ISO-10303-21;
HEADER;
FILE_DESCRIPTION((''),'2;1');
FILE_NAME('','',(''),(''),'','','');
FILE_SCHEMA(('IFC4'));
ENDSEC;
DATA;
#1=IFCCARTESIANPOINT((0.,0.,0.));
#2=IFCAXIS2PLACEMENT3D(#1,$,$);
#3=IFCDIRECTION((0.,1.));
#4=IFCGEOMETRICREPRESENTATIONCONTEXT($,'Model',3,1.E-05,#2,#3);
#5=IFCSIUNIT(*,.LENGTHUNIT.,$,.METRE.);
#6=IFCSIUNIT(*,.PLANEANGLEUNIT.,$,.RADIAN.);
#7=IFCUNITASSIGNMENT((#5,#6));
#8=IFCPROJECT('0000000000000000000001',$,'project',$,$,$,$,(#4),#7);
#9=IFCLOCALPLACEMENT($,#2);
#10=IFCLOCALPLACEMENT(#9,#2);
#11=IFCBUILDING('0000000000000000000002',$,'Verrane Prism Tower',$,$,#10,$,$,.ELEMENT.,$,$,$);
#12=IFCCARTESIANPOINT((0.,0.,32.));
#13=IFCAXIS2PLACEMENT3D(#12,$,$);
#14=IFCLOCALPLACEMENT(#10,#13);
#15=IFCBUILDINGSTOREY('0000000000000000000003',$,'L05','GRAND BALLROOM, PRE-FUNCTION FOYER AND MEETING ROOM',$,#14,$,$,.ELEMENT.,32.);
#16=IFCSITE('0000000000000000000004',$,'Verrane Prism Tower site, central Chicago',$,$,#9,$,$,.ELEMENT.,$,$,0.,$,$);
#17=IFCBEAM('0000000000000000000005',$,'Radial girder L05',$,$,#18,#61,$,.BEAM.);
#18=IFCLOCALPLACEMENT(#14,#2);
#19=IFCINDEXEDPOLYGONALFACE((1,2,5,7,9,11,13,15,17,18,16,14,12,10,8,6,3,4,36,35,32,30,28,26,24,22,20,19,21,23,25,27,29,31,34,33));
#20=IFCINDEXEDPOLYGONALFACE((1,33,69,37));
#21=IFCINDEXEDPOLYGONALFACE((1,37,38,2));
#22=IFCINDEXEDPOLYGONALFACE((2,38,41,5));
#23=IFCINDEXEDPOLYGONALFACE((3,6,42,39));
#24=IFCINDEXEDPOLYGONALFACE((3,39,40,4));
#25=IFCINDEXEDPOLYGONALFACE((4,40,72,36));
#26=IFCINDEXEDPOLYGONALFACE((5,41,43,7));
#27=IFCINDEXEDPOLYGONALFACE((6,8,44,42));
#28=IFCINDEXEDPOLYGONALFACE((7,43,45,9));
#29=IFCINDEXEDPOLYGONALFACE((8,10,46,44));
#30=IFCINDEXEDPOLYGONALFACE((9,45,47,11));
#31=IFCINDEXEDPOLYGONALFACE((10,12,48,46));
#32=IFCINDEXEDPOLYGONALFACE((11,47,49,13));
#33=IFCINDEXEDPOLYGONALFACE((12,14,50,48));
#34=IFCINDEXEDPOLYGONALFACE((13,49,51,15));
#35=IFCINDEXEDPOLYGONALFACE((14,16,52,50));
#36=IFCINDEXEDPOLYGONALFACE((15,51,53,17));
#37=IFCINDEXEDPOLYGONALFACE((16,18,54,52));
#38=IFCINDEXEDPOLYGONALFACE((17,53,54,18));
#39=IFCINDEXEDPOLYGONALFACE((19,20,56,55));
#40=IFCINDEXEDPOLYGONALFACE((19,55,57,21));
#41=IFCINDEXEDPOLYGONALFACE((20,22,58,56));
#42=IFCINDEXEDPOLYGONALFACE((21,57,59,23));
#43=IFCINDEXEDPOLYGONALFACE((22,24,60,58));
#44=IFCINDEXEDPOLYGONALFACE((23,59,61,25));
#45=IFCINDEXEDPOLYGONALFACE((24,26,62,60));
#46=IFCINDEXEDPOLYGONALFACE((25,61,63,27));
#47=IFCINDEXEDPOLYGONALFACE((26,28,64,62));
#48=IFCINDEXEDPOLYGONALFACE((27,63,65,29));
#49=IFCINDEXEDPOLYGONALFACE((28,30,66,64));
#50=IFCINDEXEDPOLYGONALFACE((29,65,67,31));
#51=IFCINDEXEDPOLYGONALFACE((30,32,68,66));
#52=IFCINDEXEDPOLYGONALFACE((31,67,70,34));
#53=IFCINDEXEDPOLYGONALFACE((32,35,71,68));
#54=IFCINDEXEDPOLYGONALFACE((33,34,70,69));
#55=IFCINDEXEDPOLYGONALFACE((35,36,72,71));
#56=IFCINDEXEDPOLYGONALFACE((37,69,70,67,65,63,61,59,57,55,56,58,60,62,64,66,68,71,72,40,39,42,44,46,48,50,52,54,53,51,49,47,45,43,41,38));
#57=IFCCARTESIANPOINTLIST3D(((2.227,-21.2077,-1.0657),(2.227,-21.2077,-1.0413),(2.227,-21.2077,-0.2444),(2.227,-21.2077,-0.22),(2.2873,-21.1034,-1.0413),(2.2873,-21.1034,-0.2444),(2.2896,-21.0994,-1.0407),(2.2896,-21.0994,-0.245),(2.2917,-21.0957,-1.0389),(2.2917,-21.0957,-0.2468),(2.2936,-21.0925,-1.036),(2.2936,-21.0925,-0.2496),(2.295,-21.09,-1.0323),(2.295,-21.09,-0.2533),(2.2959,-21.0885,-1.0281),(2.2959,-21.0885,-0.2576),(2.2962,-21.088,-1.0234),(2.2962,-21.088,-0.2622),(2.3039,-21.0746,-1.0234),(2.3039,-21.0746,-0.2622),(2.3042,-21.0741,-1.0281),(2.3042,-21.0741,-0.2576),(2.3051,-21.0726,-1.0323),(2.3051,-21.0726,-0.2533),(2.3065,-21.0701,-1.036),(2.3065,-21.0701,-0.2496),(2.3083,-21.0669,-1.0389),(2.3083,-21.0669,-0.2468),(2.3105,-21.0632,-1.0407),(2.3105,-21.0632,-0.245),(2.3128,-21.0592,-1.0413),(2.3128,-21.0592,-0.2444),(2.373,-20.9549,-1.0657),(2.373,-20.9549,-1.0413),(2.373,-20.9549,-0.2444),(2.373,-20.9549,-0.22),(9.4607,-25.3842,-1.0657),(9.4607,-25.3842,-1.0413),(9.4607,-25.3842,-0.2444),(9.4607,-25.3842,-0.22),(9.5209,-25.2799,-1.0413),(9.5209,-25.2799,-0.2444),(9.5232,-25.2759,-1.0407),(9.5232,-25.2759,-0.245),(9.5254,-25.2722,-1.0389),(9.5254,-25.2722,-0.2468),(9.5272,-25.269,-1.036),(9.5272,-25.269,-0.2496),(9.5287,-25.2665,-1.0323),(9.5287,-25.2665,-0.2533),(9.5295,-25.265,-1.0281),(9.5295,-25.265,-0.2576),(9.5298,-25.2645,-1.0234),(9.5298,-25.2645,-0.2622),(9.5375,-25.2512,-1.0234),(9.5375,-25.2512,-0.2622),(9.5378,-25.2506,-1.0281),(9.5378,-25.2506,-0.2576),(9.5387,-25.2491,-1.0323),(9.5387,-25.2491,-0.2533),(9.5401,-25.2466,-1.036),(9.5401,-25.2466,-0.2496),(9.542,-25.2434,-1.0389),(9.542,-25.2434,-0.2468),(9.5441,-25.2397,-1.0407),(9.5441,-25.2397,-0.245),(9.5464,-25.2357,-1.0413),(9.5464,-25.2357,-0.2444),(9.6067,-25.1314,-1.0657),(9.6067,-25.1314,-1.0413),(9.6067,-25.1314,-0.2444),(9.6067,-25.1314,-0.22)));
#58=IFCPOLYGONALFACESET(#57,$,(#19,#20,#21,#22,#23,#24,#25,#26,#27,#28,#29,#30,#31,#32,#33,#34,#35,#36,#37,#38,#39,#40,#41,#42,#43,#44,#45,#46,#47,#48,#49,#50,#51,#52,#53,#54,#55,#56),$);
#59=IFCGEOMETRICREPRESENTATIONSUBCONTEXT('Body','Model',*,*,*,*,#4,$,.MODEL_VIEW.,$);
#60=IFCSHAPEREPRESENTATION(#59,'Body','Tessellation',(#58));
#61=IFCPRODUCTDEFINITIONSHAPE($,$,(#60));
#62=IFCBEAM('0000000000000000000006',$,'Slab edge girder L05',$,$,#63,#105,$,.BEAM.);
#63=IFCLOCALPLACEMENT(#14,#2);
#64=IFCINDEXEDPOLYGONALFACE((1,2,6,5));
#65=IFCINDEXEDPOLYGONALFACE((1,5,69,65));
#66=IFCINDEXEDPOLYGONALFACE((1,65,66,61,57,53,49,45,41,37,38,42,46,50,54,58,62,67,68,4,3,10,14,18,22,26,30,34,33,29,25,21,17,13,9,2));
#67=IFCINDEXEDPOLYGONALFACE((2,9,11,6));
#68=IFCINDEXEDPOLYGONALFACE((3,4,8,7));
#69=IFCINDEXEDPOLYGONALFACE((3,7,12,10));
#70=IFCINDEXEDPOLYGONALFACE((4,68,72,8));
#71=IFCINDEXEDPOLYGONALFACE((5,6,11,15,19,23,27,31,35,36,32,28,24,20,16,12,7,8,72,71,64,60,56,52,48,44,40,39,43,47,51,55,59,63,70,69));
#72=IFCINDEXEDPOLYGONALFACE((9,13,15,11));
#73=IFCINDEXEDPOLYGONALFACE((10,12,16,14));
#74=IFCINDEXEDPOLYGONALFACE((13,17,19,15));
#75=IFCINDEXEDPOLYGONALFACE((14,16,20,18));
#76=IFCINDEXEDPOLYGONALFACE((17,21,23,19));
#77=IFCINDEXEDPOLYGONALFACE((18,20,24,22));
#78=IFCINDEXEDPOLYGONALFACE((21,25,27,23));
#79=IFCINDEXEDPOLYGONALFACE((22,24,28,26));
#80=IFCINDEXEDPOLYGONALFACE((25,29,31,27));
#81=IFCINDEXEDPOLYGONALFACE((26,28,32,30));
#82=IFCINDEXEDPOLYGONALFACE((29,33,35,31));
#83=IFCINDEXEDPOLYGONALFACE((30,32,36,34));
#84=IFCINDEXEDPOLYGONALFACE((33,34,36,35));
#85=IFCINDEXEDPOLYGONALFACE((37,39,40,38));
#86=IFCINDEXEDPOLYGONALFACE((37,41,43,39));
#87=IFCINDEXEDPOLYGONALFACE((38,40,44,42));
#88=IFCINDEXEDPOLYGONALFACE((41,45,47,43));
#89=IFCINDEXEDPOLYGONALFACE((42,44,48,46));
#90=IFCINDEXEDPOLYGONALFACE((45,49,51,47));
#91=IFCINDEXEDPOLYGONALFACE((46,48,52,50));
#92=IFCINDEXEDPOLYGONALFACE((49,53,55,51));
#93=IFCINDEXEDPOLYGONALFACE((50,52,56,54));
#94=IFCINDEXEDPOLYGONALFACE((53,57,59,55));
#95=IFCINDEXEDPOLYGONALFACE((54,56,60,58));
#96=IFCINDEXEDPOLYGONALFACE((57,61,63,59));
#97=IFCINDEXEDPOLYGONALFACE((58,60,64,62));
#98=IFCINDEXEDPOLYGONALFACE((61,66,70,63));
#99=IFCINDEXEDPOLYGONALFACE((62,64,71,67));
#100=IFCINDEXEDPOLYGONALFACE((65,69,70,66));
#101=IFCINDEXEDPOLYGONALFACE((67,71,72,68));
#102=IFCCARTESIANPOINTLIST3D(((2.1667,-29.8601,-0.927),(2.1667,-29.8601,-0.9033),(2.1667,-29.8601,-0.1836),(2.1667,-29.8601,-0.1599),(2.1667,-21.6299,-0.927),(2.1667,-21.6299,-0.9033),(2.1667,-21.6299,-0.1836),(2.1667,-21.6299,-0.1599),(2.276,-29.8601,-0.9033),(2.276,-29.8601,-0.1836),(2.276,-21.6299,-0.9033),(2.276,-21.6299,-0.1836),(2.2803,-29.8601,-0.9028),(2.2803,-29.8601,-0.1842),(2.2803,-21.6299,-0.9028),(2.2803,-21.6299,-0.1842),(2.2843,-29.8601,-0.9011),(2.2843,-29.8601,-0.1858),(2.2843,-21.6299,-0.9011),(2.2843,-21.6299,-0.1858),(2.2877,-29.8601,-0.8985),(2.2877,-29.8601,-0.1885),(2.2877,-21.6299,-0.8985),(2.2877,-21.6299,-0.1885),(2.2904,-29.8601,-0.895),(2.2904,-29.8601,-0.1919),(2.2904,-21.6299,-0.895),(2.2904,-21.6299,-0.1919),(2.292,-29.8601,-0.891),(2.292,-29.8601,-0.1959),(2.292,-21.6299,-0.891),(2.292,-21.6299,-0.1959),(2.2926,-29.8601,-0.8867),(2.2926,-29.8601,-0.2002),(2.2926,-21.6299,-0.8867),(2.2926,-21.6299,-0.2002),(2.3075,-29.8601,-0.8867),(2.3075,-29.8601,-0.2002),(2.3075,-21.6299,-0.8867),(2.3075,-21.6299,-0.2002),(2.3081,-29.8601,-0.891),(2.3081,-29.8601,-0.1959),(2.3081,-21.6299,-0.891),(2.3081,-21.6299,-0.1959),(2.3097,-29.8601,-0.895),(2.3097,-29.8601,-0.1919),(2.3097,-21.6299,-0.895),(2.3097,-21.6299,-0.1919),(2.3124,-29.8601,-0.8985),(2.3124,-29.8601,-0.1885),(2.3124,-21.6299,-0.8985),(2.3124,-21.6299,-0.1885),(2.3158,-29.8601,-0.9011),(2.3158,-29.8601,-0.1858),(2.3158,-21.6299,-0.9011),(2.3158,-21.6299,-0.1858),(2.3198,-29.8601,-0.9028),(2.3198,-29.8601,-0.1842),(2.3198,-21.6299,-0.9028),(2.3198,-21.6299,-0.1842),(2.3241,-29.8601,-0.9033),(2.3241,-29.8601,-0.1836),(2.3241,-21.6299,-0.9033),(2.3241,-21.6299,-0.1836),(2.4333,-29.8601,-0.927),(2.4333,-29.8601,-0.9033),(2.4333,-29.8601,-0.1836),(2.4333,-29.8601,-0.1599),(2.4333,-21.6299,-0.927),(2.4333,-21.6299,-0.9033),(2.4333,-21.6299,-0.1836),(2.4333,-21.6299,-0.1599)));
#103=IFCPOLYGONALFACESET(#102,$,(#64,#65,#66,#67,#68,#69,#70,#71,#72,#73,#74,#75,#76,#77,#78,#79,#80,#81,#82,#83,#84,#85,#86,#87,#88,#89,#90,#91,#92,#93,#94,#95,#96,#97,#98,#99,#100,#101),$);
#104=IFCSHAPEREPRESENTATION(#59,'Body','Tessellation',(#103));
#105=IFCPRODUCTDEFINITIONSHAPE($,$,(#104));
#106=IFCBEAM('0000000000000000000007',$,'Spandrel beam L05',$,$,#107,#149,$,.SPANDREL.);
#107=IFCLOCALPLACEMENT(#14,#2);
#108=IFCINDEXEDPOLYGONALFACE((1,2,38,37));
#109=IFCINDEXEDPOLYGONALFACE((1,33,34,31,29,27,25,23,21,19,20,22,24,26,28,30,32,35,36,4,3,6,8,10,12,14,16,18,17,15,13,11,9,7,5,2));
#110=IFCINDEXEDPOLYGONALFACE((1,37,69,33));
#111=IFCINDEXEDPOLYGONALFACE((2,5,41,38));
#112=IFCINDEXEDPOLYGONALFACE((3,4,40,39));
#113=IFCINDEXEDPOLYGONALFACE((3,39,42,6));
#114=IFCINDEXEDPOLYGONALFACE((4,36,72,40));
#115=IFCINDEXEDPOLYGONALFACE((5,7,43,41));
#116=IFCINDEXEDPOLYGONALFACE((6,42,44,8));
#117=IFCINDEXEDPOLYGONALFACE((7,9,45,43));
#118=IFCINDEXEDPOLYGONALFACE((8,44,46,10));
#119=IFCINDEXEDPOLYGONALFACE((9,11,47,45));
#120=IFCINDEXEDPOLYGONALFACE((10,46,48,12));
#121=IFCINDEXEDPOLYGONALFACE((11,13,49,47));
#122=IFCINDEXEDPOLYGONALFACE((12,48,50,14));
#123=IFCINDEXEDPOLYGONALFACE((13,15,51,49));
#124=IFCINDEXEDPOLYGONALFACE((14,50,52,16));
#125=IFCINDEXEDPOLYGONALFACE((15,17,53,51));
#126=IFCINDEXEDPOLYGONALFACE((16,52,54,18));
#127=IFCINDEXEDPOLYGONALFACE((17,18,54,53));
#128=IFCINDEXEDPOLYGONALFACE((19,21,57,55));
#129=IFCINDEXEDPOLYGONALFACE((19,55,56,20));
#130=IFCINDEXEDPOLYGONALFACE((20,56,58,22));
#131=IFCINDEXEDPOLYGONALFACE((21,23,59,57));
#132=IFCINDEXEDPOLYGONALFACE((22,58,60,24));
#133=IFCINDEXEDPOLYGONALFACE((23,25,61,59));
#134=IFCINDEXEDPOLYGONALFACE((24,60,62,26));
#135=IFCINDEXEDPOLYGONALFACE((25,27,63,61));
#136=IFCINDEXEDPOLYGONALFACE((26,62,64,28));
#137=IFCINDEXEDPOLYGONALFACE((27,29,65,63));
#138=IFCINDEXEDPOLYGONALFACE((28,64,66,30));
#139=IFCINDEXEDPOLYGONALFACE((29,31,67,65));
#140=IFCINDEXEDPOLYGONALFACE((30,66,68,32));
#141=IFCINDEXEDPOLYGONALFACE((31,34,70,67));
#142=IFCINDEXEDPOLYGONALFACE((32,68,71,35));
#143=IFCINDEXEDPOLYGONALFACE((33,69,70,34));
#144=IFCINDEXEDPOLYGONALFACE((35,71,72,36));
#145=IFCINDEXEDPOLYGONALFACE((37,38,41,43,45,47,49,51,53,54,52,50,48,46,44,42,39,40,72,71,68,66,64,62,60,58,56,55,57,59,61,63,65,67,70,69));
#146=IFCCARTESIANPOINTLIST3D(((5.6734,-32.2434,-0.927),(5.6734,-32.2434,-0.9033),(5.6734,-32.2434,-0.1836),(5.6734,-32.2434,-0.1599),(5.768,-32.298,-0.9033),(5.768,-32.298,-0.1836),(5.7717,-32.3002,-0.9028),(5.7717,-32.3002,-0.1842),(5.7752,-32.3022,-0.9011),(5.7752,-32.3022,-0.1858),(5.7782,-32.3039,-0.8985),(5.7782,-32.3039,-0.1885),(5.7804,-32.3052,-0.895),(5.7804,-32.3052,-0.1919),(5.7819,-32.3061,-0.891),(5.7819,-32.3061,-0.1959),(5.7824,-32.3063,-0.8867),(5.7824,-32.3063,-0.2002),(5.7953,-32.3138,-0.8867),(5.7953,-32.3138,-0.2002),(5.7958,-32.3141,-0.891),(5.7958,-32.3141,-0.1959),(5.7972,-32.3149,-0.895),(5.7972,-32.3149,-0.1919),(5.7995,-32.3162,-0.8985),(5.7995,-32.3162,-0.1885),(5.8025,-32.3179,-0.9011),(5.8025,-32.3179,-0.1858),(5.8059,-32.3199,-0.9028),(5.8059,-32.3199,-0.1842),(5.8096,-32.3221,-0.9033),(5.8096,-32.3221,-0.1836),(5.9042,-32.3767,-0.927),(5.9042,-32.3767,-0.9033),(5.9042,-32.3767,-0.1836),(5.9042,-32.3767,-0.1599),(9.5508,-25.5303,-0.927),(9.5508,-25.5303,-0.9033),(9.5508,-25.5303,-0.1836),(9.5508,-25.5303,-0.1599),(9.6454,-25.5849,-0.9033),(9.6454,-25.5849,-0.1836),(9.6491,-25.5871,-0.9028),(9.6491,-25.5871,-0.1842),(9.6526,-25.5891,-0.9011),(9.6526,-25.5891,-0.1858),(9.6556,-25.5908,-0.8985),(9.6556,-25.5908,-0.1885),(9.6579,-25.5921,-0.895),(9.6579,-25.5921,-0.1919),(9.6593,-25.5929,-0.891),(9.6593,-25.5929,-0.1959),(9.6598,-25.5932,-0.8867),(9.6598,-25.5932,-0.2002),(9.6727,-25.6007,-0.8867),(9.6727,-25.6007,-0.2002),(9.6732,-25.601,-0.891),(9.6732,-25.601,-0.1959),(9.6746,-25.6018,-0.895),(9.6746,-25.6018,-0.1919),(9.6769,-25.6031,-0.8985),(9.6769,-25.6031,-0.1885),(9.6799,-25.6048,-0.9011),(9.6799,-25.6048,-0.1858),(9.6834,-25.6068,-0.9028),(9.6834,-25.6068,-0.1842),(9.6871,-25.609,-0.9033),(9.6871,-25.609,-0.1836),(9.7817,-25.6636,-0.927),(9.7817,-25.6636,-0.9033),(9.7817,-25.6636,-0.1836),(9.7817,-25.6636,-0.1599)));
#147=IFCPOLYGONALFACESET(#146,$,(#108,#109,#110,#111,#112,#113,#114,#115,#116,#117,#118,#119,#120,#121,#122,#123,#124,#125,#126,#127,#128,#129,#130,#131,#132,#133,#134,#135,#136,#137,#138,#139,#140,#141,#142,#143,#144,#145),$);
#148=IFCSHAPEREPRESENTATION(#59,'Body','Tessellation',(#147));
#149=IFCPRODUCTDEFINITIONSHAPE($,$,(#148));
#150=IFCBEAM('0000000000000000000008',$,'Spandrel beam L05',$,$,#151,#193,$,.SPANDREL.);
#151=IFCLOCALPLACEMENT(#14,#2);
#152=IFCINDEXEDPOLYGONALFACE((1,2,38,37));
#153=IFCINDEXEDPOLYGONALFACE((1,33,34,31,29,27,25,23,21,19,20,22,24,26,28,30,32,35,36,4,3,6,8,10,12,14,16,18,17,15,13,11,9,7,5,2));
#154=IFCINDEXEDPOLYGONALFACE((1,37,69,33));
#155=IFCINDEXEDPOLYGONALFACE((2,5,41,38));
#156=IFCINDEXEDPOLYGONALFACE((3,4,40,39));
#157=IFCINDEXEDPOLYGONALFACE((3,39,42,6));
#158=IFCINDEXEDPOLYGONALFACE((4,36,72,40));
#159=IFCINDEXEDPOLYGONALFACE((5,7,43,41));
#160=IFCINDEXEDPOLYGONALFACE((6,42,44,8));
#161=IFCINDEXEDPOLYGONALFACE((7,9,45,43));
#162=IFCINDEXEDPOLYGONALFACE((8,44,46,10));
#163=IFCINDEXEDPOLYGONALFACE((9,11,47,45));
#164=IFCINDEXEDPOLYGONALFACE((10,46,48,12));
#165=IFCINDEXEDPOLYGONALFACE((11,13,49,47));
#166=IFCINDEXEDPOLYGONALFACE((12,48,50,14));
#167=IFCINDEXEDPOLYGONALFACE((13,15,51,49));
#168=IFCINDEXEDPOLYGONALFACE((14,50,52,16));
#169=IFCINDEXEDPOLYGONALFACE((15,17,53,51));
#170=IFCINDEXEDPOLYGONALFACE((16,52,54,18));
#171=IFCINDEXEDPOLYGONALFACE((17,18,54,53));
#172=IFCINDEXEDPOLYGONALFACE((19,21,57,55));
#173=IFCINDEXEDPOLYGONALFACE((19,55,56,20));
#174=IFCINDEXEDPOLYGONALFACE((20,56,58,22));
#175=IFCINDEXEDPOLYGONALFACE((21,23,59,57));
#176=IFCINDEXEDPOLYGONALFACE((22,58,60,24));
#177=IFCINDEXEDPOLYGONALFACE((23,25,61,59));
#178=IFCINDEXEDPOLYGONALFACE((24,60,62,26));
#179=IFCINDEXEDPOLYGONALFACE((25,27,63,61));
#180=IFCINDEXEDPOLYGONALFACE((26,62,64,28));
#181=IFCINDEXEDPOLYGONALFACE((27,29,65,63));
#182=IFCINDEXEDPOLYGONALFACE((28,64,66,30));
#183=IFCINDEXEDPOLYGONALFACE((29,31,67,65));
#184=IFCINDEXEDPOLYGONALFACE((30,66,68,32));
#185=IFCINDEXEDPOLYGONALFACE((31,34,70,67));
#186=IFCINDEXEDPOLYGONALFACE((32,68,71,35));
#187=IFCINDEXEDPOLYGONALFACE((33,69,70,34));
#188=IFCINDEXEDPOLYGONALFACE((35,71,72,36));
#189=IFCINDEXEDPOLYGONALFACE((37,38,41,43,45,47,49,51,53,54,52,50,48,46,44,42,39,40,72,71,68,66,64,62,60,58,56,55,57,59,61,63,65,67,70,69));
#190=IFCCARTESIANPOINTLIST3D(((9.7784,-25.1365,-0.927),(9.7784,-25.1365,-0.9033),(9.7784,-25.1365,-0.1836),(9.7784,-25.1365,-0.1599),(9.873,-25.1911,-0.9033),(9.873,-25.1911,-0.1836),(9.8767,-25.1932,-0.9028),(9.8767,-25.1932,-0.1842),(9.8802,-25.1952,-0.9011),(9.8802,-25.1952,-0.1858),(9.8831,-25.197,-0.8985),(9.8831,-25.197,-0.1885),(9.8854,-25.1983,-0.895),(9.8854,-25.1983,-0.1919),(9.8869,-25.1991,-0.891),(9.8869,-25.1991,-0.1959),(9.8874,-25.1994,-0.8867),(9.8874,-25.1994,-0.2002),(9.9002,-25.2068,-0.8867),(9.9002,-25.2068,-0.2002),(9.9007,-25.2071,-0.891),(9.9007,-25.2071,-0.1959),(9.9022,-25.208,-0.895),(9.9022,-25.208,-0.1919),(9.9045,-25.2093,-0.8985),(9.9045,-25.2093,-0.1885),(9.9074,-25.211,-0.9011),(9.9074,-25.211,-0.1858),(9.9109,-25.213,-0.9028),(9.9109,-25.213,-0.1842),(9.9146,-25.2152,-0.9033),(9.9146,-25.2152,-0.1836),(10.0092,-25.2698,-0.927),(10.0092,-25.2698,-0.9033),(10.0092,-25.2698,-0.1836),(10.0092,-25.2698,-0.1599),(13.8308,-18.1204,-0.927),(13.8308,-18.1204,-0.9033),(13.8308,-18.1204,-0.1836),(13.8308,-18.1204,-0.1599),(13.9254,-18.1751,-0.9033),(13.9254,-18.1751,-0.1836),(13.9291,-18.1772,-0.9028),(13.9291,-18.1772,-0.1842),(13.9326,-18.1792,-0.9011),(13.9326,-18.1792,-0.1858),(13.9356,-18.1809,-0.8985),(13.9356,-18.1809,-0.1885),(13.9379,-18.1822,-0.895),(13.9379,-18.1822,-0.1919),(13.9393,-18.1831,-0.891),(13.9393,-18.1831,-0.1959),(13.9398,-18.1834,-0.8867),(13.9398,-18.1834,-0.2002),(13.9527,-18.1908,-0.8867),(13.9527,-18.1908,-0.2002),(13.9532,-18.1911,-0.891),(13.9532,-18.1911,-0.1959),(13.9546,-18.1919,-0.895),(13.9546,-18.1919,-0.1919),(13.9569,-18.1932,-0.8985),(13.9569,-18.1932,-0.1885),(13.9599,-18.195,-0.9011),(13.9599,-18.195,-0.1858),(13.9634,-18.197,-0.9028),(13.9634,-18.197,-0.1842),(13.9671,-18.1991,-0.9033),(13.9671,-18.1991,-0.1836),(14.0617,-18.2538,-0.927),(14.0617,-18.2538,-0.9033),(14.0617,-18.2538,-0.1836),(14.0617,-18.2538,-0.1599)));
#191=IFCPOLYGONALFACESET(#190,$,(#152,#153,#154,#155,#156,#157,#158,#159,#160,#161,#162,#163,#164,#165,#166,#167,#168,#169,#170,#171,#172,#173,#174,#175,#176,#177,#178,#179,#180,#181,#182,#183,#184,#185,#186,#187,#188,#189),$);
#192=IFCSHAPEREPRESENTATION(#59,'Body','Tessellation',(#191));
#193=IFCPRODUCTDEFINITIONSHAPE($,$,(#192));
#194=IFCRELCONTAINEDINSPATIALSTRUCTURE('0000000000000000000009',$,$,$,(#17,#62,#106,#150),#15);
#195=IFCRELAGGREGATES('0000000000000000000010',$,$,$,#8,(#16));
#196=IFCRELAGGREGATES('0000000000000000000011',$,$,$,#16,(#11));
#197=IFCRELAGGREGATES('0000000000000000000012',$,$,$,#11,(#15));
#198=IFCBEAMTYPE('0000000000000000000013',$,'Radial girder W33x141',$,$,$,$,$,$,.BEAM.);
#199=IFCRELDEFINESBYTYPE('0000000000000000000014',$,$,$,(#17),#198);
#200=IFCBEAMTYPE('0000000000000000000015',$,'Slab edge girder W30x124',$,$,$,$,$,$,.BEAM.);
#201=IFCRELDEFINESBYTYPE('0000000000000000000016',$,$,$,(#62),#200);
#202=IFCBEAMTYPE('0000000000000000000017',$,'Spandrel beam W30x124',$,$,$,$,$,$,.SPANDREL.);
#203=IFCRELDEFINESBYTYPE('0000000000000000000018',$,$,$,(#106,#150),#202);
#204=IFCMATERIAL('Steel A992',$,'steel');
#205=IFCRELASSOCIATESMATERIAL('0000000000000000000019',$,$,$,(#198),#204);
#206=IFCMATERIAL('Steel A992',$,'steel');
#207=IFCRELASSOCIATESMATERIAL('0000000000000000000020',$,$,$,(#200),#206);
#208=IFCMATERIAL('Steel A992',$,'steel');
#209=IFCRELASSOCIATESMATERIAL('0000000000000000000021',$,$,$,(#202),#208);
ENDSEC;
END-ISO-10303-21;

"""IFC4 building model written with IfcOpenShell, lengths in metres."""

from ifc_helpers import new_model, si_unit, direction, frame, origin, origin_2d, place, context, subcontext, project, spatial, i_section, extrude, material, material_profile, profile_set, type_object, element, save


model = new_model("IFC4")

# Units and contexts
model_context = context("Model", 3, precision=1e-05, world=origin(), true_north=direction((0.0, 1.0)))
body_context = subcontext(model_context, "Body", "Model", "MODEL_VIEW")
ifc_project = project(units=[si_unit("LENGTHUNIT", "METRE"), si_unit("PLANEANGLEUNIT", "RADIAN")], contexts=[model_context])

# Site, building, storey
site_placement = place(None, origin())
site = spatial("IfcSite", under=ifc_project, at=site_placement, Name="Verrane Prism Tower site, central Chicago", CompositionType="ELEMENT", RefElevation=0.0)
building_placement = place(site_placement, origin())
building = spatial("IfcBuilding", under=site, at=building_placement, Name="Verrane Prism Tower", CompositionType="ELEMENT")
storey_placement = place(building_placement, frame((0.0, 0.0, 32.0)))
storey = spatial("IfcBuildingStorey", under=building, at=storey_placement, Name="L05", Description="GRAND BALLROOM, PRE-FUNCTION FOYER AND MEETING ROOM", CompositionType="ELEMENT", Elevation=32.0)

# Beams
ifc_material_1 = material(Name="Steel A992", Category="steel")
ifc_material_profile_1 = material_profile(ifc_material_1, i_section(OverallWidth=0.292, OverallDepth=0.8457, WebThickness=0.0154, FlangeThickness=0.0244, FilletRadius=0.0178, at=origin_2d()), Name="W33x141")
ifc_profile_set_1 = profile_set([ifc_material_profile_1], Name="Steel A992")
beam_type_1 = type_object("IfcBeamType", Name="Radial girder W33x141", PredefinedType="BEAM", material=ifc_profile_set_1)
beam_1_placement = place(storey_placement, frame((9.5337, -25.2578, -0.6428), z_axis=(-0.866017, 0.500015, 0.0), x_axis=(-0.500015, -0.866017, 0.0)))
element("IfcBeam", 1, at=beam_1_placement, inside=storey, type_object=beam_type_1, Name="Radial girder L05", PredefinedType="BEAM", context=body_context, shape_type="SweptSolid", body=[
    extrude(i_section(OverallWidth=0.292, OverallDepth=0.8457, WebThickness=0.0154, FlangeThickness=0.0244, FilletRadius=0.0178, at=origin_2d()), origin(), (0.0, 0.0, 1.0), 8.3528),
])
ifc_material_2 = material(Name="Steel A992", Category="steel")
ifc_material_profile_2 = material_profile(ifc_material_2, i_section(OverallWidth=0.2666, OverallDepth=0.7671, WebThickness=0.0149, FlangeThickness=0.0237, FilletRadius=0.0166, at=origin_2d()), Name="W30x124")
ifc_profile_set_2 = profile_set([ifc_material_profile_2], Name="Steel A992")
beam_type_2 = type_object("IfcBeamType", Name="Slab edge girder W30x124", PredefinedType="BEAM", material=ifc_profile_set_2)
beam_2_placement = place(storey_placement, frame((2.3, -29.8601, -0.5435), z_axis=(0.0, 1.0, 0.0), x_axis=(-1.0, 0.0, 0.0)))
element("IfcBeam", 2, at=beam_2_placement, inside=storey, type_object=beam_type_2, Name="Slab edge girder L05", PredefinedType="BEAM", context=body_context, shape_type="SweptSolid", body=[
    extrude(i_section(OverallWidth=0.2666, OverallDepth=0.7671, WebThickness=0.0149, FlangeThickness=0.0237, FilletRadius=0.0166, at=origin_2d()), origin(), (0.0, 0.0, 1.0), 8.2302),
])
ifc_material_3 = material(Name="Steel A992", Category="steel")
ifc_material_profile_3 = material_profile(ifc_material_3, i_section(OverallWidth=0.2666, OverallDepth=0.7671, WebThickness=0.0149, FlangeThickness=0.0237, FilletRadius=0.0166, at=origin_2d()), Name="W30x124")
ifc_profile_set_3 = profile_set([ifc_material_profile_3], Name="Steel A992")
beam_type_3 = type_object("IfcBeamType", Name="Spandrel beam W30x124", PredefinedType="SPANDREL", material=ifc_profile_set_3)
beam_3_placement = place(storey_placement, frame((5.7888, -32.3101, -0.5435), z_axis=(0.500156, 0.865935, 0.0), x_axis=(-0.865935, 0.500156, 0.0)))
element("IfcBeam", 3, at=beam_3_placement, inside=storey, type_object=beam_type_3, Name="Spandrel beam L05", PredefinedType="SPANDREL", context=body_context, shape_type="SweptSolid", body=[
    extrude(i_section(OverallWidth=0.2666, OverallDepth=0.7671, WebThickness=0.0149, FlangeThickness=0.0237, FilletRadius=0.0166, at=origin_2d()), origin(), (0.0, 0.0, 1.0), 7.7524),
])
beam_4_placement = place(storey_placement, frame((9.8938, -25.2031, -0.5435), z_axis=(0.500161, 0.865933, 0.0), x_axis=(-0.865933, 0.500161, 0.0)))
element("IfcBeam", 4, at=beam_4_placement, inside=storey, type_object=beam_type_3, Name="Spandrel beam L05", PredefinedType="SPANDREL", context=body_context, shape_type="SweptSolid", body=[
    extrude(i_section(OverallWidth=0.2666, OverallDepth=0.7671, WebThickness=0.0149, FlangeThickness=0.0237, FilletRadius=0.0166, at=origin_2d()), origin(), (0.0, 0.0, 1.0), 8.1023),
])

save(model, "model.ifc")
